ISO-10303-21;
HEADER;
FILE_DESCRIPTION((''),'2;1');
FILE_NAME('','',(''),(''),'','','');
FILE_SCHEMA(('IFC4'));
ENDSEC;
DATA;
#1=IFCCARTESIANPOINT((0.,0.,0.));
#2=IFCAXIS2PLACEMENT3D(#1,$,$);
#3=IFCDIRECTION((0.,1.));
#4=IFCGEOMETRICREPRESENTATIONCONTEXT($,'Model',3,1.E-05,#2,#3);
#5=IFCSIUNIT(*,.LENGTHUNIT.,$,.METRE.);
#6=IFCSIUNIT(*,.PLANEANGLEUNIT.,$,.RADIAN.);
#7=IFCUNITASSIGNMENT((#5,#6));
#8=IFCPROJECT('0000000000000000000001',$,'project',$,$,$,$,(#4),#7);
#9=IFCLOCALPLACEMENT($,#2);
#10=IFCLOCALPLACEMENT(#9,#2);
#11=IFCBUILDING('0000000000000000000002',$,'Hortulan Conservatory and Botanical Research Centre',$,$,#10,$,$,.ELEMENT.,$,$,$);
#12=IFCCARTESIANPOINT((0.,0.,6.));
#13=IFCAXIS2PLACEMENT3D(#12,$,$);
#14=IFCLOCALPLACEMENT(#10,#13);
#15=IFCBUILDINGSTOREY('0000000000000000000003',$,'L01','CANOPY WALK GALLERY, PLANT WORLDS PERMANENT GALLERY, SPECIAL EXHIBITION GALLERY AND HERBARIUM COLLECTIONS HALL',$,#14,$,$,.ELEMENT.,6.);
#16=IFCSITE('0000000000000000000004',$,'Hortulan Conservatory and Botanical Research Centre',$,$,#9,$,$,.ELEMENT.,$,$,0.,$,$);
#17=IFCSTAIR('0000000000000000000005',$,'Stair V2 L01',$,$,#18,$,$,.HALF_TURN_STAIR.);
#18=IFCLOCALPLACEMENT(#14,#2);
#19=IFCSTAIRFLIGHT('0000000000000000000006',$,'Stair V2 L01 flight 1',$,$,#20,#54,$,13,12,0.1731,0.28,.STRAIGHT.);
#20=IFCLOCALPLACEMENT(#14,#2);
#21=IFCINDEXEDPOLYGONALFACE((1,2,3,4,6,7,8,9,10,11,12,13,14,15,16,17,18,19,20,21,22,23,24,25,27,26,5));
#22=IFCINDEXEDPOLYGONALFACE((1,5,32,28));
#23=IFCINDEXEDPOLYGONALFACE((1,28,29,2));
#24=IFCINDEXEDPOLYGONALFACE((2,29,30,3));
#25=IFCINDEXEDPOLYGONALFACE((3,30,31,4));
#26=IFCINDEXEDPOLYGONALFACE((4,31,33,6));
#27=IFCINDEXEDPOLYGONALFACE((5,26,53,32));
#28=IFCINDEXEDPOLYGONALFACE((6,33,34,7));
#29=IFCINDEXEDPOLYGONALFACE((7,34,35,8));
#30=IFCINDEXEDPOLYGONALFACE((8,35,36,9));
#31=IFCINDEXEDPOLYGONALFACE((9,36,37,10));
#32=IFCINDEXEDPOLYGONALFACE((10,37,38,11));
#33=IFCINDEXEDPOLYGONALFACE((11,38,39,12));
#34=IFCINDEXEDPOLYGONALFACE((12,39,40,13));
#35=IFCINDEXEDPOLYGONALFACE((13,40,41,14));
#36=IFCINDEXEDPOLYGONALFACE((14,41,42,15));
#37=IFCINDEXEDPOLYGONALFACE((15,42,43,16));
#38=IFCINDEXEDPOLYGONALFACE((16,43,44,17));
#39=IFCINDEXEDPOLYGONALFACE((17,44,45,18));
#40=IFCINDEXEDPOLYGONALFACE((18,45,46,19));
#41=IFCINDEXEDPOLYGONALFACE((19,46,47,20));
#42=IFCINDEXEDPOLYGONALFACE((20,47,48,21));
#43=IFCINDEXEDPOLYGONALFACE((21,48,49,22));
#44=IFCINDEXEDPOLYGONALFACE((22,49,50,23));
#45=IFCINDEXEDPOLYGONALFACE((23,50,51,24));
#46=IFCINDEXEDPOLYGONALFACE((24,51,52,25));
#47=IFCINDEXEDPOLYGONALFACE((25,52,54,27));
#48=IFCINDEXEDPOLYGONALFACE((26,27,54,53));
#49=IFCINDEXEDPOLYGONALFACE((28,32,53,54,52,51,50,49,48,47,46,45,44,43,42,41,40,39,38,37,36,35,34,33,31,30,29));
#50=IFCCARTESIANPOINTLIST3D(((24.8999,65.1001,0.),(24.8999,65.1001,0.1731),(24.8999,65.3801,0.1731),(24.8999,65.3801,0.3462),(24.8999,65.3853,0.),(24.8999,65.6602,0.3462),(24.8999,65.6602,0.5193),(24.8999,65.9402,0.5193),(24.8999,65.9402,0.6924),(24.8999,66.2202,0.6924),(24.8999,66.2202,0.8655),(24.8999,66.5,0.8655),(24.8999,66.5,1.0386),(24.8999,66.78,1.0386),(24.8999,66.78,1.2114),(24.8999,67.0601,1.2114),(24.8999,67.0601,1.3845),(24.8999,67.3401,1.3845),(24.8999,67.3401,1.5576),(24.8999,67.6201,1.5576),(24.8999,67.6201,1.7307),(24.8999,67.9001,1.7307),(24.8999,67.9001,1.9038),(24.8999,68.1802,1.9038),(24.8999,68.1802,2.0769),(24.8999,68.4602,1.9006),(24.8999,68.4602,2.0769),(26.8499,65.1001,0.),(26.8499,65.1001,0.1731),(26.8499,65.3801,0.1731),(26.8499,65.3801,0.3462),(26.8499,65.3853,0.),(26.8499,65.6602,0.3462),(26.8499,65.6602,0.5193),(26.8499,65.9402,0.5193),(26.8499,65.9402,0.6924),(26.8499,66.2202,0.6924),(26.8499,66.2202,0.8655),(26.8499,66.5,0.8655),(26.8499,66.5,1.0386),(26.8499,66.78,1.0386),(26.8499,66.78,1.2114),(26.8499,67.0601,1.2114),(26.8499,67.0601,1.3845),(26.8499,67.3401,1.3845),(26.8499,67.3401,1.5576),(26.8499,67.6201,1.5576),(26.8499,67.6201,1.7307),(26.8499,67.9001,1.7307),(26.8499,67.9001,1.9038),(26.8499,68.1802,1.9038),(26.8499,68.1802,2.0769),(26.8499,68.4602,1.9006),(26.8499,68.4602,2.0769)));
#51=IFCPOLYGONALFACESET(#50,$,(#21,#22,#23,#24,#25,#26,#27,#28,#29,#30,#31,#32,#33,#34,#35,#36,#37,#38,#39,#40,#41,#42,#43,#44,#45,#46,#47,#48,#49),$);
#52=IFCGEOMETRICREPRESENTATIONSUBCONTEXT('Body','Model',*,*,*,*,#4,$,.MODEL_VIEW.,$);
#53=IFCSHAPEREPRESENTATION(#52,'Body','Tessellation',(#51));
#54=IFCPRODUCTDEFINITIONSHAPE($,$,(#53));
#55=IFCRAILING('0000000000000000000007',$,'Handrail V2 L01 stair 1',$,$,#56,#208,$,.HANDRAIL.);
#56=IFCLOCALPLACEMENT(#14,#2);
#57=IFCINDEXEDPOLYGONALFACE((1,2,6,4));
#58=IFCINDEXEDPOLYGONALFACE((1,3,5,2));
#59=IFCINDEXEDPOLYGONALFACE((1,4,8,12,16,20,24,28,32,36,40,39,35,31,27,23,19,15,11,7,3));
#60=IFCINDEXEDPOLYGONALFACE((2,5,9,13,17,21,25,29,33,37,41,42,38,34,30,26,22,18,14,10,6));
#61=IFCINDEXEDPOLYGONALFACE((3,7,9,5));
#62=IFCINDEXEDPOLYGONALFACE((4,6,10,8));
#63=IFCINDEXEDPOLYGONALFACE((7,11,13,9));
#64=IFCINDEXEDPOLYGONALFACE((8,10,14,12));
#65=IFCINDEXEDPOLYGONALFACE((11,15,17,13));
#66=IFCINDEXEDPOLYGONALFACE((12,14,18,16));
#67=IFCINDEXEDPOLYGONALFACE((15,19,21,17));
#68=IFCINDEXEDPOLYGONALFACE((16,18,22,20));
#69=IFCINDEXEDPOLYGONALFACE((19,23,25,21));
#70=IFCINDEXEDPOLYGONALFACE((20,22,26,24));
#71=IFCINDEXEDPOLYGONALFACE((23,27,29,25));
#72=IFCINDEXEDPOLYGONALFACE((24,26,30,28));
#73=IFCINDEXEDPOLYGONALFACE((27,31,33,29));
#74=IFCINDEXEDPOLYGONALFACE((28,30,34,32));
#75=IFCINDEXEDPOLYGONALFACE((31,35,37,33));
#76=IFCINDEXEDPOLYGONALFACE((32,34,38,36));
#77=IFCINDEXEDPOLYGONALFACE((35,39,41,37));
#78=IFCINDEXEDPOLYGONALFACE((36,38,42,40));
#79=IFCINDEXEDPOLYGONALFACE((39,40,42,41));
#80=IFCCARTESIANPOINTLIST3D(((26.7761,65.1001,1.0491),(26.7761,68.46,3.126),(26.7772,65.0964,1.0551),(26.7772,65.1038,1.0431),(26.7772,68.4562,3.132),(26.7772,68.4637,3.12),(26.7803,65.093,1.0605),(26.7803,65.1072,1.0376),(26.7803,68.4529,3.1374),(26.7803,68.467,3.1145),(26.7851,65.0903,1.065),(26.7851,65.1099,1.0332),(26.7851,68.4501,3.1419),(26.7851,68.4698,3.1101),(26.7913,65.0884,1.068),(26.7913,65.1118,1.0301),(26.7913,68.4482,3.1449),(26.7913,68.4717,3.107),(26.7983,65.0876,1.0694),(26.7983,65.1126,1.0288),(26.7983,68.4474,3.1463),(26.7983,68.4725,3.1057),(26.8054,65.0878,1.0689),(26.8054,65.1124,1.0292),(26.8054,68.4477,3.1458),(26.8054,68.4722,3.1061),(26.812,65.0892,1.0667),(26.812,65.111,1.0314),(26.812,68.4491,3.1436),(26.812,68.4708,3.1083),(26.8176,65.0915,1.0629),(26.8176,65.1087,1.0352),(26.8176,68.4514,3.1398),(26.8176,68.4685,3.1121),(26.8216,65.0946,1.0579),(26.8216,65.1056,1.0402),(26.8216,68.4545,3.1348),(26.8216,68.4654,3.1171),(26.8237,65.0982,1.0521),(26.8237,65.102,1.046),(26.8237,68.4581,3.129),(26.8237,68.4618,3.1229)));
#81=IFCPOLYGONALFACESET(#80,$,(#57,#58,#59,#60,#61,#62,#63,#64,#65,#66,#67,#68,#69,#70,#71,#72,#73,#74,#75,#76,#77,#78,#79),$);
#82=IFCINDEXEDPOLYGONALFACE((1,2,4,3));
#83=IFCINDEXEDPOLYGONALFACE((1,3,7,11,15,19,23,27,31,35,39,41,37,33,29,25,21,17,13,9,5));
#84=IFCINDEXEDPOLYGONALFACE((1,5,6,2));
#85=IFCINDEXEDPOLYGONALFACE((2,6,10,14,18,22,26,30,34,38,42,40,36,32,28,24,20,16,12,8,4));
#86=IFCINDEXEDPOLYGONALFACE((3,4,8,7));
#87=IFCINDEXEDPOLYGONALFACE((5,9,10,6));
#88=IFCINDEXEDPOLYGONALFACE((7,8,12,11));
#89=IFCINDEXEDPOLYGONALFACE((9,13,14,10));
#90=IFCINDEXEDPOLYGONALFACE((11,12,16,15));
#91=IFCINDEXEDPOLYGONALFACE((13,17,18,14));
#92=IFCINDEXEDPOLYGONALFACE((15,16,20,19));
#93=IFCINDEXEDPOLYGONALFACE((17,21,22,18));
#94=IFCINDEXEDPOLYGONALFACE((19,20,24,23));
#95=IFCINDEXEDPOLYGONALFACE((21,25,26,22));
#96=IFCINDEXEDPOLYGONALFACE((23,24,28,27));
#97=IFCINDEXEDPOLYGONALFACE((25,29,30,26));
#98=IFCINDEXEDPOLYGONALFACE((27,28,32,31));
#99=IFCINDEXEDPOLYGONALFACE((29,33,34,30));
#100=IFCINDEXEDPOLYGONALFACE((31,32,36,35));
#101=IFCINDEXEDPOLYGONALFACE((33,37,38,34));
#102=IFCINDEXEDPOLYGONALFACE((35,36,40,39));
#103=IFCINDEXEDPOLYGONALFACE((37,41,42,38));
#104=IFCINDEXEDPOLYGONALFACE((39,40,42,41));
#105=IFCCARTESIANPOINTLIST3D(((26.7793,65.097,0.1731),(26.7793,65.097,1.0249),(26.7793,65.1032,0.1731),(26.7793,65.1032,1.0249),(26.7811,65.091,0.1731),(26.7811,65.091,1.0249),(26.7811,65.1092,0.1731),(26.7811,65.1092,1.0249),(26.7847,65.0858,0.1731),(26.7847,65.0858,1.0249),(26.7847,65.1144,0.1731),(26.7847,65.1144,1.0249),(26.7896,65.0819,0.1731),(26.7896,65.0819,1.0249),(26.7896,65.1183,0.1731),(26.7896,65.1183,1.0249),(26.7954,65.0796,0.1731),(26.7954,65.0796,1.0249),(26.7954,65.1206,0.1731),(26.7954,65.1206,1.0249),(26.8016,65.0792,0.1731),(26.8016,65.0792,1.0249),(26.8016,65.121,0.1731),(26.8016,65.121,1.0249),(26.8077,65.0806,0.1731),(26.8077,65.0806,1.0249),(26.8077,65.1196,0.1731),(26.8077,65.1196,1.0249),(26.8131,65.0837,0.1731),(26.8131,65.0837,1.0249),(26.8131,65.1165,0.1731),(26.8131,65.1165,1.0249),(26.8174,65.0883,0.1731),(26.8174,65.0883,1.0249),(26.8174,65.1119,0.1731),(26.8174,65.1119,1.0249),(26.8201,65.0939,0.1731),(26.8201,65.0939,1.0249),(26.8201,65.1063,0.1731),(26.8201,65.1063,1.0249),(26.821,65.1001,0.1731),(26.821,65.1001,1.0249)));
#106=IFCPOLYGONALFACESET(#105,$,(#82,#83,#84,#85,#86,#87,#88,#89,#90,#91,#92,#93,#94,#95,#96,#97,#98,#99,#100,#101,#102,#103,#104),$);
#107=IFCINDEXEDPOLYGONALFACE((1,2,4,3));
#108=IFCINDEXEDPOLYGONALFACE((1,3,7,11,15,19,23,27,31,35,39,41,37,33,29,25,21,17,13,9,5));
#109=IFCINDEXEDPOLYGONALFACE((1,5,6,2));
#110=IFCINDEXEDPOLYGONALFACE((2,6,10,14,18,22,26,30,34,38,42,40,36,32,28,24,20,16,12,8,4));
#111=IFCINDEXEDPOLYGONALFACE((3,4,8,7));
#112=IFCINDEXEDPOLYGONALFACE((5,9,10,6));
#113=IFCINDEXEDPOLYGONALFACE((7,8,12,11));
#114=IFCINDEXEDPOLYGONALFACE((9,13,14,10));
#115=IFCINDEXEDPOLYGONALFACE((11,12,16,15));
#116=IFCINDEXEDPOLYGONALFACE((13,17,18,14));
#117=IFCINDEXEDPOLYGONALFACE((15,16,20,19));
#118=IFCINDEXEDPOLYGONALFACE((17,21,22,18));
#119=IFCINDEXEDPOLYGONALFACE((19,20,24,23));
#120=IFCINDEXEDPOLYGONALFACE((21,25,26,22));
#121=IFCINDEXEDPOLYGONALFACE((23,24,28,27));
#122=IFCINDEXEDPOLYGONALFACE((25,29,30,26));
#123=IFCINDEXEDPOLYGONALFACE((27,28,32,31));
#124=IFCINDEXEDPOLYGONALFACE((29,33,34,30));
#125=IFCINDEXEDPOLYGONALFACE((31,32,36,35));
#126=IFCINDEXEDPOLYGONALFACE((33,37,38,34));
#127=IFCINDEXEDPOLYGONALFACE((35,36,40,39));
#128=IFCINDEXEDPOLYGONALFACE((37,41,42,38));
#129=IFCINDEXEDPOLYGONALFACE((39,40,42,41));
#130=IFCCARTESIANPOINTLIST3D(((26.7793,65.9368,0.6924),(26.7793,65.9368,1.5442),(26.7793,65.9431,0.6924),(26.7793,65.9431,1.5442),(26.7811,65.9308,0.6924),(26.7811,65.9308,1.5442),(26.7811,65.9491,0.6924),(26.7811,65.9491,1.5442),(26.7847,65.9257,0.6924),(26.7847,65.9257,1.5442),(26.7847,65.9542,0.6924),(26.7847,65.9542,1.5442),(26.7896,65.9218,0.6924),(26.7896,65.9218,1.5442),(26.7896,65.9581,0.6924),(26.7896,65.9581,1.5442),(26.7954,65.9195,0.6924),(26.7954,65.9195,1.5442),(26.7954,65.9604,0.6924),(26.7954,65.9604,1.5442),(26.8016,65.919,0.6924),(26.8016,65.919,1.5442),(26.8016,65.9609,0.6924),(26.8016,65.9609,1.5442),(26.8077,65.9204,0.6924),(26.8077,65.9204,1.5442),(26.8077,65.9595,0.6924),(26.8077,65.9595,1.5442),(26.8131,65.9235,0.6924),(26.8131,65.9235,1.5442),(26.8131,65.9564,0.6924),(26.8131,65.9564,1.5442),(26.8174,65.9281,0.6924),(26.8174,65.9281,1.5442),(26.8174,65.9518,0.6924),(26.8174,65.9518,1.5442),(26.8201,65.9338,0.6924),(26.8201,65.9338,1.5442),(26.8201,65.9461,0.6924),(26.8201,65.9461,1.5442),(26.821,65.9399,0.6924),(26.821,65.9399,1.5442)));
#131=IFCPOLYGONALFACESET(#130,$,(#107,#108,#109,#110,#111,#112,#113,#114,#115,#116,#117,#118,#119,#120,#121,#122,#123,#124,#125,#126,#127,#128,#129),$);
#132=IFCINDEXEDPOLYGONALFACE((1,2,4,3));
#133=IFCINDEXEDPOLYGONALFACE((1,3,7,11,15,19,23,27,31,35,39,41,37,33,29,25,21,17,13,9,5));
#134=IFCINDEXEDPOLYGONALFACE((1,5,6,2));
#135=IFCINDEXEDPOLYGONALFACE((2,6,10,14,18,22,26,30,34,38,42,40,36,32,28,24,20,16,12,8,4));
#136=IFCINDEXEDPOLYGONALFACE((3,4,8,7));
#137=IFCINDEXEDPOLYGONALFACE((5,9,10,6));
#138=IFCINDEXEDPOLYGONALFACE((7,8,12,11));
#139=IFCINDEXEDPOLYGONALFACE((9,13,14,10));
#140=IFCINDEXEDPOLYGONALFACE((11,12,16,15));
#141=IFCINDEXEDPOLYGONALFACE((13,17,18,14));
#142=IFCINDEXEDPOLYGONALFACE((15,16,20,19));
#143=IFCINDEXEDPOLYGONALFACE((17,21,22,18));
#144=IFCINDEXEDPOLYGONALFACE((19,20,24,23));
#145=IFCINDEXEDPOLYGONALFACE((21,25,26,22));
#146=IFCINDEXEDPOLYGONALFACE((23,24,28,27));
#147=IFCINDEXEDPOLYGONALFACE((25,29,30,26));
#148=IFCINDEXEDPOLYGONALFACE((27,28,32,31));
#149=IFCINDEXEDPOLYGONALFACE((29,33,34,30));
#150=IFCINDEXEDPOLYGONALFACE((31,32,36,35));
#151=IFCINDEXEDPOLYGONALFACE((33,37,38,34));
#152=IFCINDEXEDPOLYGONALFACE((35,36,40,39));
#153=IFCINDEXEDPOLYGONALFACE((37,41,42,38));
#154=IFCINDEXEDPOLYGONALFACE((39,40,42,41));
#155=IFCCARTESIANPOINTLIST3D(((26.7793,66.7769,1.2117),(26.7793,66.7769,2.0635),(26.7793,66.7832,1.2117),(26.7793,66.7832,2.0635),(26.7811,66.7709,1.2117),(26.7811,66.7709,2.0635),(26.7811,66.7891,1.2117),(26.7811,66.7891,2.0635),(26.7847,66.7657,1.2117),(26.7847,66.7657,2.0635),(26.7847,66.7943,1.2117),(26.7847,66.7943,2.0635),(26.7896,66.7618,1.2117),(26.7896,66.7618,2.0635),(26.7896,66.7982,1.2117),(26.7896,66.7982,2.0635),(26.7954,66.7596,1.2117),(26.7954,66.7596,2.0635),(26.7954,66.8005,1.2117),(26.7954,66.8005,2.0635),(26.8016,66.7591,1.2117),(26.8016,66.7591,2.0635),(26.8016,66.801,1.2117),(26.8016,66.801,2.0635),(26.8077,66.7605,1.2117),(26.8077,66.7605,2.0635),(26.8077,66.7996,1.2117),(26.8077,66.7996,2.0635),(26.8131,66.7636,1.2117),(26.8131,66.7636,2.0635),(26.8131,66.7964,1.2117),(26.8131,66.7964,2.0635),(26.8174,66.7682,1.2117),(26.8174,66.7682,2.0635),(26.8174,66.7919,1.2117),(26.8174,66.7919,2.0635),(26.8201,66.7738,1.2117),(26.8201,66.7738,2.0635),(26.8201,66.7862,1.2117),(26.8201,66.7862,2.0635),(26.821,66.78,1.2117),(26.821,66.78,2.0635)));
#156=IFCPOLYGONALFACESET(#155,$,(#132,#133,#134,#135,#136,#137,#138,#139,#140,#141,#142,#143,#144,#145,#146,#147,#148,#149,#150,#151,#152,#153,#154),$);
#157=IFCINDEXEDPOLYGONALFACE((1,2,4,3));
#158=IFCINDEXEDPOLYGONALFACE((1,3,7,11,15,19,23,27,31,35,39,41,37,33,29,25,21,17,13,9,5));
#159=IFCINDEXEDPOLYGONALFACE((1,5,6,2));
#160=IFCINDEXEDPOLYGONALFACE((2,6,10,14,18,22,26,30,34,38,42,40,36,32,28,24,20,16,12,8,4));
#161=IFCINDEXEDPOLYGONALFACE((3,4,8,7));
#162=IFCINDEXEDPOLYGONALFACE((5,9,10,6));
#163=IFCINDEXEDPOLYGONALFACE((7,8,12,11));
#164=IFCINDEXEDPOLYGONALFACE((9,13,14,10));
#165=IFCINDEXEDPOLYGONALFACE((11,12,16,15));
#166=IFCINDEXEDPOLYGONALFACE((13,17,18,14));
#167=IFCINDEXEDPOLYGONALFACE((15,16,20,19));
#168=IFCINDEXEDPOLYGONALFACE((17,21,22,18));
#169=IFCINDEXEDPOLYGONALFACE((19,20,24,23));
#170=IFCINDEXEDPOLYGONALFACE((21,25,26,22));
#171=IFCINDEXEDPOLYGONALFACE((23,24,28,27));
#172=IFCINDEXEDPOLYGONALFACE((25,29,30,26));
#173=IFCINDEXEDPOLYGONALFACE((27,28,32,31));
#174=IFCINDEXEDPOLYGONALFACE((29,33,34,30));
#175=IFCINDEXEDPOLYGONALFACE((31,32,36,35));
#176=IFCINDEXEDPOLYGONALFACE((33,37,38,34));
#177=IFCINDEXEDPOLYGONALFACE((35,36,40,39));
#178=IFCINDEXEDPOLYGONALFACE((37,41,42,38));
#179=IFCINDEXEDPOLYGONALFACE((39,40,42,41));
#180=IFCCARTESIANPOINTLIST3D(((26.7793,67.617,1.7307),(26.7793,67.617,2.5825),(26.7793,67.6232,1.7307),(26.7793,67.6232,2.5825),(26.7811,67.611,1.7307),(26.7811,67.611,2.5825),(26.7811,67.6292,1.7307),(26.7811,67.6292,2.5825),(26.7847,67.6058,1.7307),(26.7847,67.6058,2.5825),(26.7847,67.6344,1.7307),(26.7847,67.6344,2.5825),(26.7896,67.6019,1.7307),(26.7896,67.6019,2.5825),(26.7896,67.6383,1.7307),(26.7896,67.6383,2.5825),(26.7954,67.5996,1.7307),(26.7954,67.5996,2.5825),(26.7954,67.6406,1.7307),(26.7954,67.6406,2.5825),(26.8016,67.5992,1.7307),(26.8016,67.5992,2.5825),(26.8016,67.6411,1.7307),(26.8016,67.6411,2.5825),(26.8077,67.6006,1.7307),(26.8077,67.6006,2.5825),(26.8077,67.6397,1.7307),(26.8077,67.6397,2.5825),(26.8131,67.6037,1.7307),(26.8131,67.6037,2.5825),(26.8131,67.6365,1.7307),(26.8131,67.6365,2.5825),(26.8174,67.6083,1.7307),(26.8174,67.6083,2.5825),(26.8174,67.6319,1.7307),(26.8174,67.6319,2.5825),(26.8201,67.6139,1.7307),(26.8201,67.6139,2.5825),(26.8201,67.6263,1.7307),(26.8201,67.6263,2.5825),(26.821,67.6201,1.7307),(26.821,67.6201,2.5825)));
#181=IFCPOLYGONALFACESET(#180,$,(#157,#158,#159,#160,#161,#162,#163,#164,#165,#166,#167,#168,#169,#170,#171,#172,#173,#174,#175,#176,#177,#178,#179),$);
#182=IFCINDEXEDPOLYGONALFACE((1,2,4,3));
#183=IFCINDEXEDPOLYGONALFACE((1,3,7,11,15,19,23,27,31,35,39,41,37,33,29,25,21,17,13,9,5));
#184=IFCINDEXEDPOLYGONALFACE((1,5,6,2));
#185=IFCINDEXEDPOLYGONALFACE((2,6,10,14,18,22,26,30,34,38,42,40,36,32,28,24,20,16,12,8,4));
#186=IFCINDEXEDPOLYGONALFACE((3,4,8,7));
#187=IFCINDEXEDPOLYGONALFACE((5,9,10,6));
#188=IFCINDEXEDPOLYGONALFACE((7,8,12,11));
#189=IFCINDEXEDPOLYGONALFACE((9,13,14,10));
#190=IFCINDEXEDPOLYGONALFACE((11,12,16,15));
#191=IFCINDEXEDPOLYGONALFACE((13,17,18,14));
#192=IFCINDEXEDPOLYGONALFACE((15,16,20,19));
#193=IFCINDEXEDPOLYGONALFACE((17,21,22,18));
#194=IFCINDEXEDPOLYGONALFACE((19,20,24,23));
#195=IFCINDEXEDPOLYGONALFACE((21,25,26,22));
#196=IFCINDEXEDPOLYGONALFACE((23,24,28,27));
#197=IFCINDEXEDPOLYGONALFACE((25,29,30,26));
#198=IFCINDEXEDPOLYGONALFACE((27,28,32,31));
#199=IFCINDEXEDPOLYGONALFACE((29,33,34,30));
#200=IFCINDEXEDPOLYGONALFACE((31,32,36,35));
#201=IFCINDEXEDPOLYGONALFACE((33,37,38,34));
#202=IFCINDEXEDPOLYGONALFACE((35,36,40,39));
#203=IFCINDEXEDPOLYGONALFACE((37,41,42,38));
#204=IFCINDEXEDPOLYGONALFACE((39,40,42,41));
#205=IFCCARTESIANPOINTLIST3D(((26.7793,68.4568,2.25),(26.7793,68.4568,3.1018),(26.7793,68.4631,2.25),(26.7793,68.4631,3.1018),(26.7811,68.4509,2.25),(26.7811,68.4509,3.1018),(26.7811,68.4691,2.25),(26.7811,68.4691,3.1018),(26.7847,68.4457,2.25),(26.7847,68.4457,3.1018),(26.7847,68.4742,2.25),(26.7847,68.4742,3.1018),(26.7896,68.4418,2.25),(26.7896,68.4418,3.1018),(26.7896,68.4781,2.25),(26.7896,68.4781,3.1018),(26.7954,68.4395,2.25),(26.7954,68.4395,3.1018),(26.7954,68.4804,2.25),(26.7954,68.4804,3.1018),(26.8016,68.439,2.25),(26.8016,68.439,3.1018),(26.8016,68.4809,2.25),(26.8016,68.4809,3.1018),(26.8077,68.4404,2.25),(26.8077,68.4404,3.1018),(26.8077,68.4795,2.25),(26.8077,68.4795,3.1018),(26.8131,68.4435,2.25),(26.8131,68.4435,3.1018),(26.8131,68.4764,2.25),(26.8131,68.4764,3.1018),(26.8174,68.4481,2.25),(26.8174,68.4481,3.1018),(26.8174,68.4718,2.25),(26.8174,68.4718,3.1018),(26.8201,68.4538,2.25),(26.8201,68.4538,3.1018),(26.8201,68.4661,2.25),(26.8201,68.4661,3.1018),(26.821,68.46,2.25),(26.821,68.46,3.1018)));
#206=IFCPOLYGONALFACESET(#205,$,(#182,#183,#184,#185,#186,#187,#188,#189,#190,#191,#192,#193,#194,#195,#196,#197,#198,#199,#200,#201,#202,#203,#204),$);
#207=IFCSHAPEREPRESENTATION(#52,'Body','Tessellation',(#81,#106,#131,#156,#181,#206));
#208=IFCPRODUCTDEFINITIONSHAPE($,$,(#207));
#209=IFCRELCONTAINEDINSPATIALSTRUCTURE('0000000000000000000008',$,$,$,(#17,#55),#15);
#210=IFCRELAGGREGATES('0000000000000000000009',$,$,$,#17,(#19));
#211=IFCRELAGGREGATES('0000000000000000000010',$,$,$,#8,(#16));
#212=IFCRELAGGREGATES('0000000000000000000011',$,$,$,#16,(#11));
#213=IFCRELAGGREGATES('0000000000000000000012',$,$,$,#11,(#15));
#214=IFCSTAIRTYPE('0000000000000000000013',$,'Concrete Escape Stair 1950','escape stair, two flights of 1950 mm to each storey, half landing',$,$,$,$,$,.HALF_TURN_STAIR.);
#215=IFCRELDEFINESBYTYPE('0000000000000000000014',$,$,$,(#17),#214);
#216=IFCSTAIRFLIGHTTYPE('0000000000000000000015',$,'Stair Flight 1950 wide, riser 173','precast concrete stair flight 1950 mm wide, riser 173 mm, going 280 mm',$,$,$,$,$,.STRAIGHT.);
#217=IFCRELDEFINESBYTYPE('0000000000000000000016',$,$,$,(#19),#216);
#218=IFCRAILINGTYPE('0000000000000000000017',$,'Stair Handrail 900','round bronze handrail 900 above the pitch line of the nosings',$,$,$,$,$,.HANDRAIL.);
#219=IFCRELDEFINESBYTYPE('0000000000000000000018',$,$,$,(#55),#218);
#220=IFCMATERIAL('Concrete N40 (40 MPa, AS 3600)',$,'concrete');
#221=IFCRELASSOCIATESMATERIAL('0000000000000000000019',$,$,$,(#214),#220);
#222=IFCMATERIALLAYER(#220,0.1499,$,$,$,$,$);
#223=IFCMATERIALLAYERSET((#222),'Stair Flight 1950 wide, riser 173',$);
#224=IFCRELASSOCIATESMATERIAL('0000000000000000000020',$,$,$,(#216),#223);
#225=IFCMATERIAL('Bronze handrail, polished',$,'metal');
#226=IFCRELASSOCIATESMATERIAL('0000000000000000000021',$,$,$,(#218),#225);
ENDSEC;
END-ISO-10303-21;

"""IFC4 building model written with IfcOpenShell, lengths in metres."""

from ifc_helpers import new_model, si_unit, direction, frame, origin, origin_2d, place, context, subcontext, project, spatial, polyline, circle, outline, extrude, material, layer, layer_set, type_object, element, aggregate, save


model = new_model("IFC4")

# Units and contexts
model_context = context("Model", 3, precision=1e-05, world=origin(), true_north=direction((0.0, 1.0)))
body_context = subcontext(model_context, "Body", "Model", "MODEL_VIEW")
ifc_project = project(units=[si_unit("LENGTHUNIT", "METRE"), si_unit("PLANEANGLEUNIT", "RADIAN")], contexts=[model_context])

# Site, building, storey
site_placement = place(None, origin())
site = spatial("IfcSite", under=ifc_project, at=site_placement, Name="Hortulan Conservatory and Botanical Research Centre", CompositionType="ELEMENT", RefElevation=0.0)
building_placement = place(site_placement, origin())
building = spatial("IfcBuilding", under=site, at=building_placement, Name="Hortulan Conservatory and Botanical Research Centre", CompositionType="ELEMENT")
storey_placement = place(building_placement, frame((0.0, 0.0, 6.0)))
storey = spatial("IfcBuildingStorey", under=building, at=storey_placement, Name="L01", Description="CANOPY WALK GALLERY, PLANT WORLDS PERMANENT GALLERY, SPECIAL EXHIBITION GALLERY AND HERBARIUM COLLECTIONS HALL", CompositionType="ELEMENT", Elevation=6.0)

# Stair, stair flight
ifc_material_1 = material(Name="Concrete N40 (40 MPa, AS 3600)", Category="concrete")
stair_type = type_object("IfcStairType", Name="Concrete Escape Stair 1950", Description="escape stair, two flights of 1950 mm to each storey, half landing", PredefinedType="HALF_TURN_STAIR", material=ifc_material_1)
stair_placement = place(storey_placement, origin())
stair = element("IfcStair", 1, at=stair_placement, inside=storey, type_object=stair_type, Name="Stair V2 L01", PredefinedType="HALF_TURN_STAIR")
ifc_layer_1 = layer(ifc_material_1, 0.1499)
ifc_layer_set_1 = layer_set([ifc_layer_1], Name="Stair Flight 1950 wide, riser 173")
stair_flight_type = type_object("IfcStairFlightType", Name="Stair Flight 1950 wide, riser 173", Description="precast concrete stair flight 1950 mm wide, riser 173 mm, going 280 mm", PredefinedType="STRAIGHT", material=ifc_layer_set_1)
stair_flight_placement = place(storey_placement, frame((25.875, 65.1001, 0.0), z_axis=(0.0, 0.0, 1.0), x_axis=(0.0, 1.0, 0.0)))
stair_flight = element("IfcStairFlight", 2, at=stair_flight_placement, type_object=stair_flight_type, Name="Stair V2 L01 flight 1", NumberOfRisers=13, NumberOfTreads=12, PredefinedType="STRAIGHT", RiserHeight=0.1731, TreadLength=0.28, context=body_context, shape_type="SweptSolid", body=[
    extrude(outline(polyline([(0.0, 0.0), (0.0, 0.1731), (0.28, 0.1731), (0.28, 0.3462), (0.5601, 0.3462), (0.5601, 0.5193), (0.8401, 0.5193), (0.8401, 0.6924), (1.1201, 0.6924), (1.1201, 0.8655), (1.3999, 0.8655), (1.3999, 1.0386), (1.6799, 1.0386), (1.6799, 1.2114), (1.96, 1.2114), (1.96, 1.3845), (2.24, 1.3845), (2.24, 1.5576), (2.52, 1.5576), (2.52, 1.7307), (2.8, 1.7307), (2.8, 1.9038), (3.0801, 1.9038), (3.0801, 2.0769), (3.3601, 2.0769), (3.3601, 2.25), (3.3601, 1.9006), (0.2852, 0.0), (0.0, 0.0)])), frame((0.0, 0.9751, 0.0), z_axis=(0.0, -1.0, 0.0), x_axis=(1.0, 0.0, 0.0)), (0.0, 0.0, 1.0), 1.95),
])
aggregate(stair, [stair_flight])

# Railing
ifc_material_2 = material(Name="Bronze handrail, polished", Category="metal")
railing_type = type_object("IfcRailingType", Name="Stair Handrail 900", Description="round bronze handrail 900 above the pitch line of the nosings", PredefinedType="HANDRAIL", material=ifc_material_2)
railing_placement = place(storey_placement, frame((26.8, 65.1001, 0.1731)))
element("IfcRailing", 3, at=railing_placement, inside=storey, type_object=railing_type, Name="Handrail V2 L01 stair 1", PredefinedType="HANDRAIL", context=body_context, shape_type="SweptSolid", body=[
    extrude(circle(Radius=0.0239, at=origin_2d()), frame((0.0, 0.0, 0.876), z_axis=(0.0, 0.850606, 0.525803), x_axis=(-1.0, 0.0, 0.0)), (0.0, 0.0, 1.0), 3.95),
    extrude(circle(Radius=0.021, at=origin_2d()), origin(), (0.0, 0.0, 1.0), 0.8518),
    extrude(circle(Radius=0.021, at=origin_2d()), frame((0.0, 0.8398, 0.5193)), (0.0, 0.0, 1.0), 0.8518),
    extrude(circle(Radius=0.021, at=origin_2d()), frame((0.0, 1.6799, 1.0386)), (0.0, 0.0, 1.0), 0.8518),
    extrude(circle(Radius=0.021, at=origin_2d()), frame((0.0, 2.52, 1.5576)), (0.0, 0.0, 1.0), 0.8518),
    extrude(circle(Radius=0.021, at=origin_2d()), frame((0.0, 3.3599, 2.0769)), (0.0, 0.0, 1.0), 0.8518),
])

save(model, "model.ifc")
